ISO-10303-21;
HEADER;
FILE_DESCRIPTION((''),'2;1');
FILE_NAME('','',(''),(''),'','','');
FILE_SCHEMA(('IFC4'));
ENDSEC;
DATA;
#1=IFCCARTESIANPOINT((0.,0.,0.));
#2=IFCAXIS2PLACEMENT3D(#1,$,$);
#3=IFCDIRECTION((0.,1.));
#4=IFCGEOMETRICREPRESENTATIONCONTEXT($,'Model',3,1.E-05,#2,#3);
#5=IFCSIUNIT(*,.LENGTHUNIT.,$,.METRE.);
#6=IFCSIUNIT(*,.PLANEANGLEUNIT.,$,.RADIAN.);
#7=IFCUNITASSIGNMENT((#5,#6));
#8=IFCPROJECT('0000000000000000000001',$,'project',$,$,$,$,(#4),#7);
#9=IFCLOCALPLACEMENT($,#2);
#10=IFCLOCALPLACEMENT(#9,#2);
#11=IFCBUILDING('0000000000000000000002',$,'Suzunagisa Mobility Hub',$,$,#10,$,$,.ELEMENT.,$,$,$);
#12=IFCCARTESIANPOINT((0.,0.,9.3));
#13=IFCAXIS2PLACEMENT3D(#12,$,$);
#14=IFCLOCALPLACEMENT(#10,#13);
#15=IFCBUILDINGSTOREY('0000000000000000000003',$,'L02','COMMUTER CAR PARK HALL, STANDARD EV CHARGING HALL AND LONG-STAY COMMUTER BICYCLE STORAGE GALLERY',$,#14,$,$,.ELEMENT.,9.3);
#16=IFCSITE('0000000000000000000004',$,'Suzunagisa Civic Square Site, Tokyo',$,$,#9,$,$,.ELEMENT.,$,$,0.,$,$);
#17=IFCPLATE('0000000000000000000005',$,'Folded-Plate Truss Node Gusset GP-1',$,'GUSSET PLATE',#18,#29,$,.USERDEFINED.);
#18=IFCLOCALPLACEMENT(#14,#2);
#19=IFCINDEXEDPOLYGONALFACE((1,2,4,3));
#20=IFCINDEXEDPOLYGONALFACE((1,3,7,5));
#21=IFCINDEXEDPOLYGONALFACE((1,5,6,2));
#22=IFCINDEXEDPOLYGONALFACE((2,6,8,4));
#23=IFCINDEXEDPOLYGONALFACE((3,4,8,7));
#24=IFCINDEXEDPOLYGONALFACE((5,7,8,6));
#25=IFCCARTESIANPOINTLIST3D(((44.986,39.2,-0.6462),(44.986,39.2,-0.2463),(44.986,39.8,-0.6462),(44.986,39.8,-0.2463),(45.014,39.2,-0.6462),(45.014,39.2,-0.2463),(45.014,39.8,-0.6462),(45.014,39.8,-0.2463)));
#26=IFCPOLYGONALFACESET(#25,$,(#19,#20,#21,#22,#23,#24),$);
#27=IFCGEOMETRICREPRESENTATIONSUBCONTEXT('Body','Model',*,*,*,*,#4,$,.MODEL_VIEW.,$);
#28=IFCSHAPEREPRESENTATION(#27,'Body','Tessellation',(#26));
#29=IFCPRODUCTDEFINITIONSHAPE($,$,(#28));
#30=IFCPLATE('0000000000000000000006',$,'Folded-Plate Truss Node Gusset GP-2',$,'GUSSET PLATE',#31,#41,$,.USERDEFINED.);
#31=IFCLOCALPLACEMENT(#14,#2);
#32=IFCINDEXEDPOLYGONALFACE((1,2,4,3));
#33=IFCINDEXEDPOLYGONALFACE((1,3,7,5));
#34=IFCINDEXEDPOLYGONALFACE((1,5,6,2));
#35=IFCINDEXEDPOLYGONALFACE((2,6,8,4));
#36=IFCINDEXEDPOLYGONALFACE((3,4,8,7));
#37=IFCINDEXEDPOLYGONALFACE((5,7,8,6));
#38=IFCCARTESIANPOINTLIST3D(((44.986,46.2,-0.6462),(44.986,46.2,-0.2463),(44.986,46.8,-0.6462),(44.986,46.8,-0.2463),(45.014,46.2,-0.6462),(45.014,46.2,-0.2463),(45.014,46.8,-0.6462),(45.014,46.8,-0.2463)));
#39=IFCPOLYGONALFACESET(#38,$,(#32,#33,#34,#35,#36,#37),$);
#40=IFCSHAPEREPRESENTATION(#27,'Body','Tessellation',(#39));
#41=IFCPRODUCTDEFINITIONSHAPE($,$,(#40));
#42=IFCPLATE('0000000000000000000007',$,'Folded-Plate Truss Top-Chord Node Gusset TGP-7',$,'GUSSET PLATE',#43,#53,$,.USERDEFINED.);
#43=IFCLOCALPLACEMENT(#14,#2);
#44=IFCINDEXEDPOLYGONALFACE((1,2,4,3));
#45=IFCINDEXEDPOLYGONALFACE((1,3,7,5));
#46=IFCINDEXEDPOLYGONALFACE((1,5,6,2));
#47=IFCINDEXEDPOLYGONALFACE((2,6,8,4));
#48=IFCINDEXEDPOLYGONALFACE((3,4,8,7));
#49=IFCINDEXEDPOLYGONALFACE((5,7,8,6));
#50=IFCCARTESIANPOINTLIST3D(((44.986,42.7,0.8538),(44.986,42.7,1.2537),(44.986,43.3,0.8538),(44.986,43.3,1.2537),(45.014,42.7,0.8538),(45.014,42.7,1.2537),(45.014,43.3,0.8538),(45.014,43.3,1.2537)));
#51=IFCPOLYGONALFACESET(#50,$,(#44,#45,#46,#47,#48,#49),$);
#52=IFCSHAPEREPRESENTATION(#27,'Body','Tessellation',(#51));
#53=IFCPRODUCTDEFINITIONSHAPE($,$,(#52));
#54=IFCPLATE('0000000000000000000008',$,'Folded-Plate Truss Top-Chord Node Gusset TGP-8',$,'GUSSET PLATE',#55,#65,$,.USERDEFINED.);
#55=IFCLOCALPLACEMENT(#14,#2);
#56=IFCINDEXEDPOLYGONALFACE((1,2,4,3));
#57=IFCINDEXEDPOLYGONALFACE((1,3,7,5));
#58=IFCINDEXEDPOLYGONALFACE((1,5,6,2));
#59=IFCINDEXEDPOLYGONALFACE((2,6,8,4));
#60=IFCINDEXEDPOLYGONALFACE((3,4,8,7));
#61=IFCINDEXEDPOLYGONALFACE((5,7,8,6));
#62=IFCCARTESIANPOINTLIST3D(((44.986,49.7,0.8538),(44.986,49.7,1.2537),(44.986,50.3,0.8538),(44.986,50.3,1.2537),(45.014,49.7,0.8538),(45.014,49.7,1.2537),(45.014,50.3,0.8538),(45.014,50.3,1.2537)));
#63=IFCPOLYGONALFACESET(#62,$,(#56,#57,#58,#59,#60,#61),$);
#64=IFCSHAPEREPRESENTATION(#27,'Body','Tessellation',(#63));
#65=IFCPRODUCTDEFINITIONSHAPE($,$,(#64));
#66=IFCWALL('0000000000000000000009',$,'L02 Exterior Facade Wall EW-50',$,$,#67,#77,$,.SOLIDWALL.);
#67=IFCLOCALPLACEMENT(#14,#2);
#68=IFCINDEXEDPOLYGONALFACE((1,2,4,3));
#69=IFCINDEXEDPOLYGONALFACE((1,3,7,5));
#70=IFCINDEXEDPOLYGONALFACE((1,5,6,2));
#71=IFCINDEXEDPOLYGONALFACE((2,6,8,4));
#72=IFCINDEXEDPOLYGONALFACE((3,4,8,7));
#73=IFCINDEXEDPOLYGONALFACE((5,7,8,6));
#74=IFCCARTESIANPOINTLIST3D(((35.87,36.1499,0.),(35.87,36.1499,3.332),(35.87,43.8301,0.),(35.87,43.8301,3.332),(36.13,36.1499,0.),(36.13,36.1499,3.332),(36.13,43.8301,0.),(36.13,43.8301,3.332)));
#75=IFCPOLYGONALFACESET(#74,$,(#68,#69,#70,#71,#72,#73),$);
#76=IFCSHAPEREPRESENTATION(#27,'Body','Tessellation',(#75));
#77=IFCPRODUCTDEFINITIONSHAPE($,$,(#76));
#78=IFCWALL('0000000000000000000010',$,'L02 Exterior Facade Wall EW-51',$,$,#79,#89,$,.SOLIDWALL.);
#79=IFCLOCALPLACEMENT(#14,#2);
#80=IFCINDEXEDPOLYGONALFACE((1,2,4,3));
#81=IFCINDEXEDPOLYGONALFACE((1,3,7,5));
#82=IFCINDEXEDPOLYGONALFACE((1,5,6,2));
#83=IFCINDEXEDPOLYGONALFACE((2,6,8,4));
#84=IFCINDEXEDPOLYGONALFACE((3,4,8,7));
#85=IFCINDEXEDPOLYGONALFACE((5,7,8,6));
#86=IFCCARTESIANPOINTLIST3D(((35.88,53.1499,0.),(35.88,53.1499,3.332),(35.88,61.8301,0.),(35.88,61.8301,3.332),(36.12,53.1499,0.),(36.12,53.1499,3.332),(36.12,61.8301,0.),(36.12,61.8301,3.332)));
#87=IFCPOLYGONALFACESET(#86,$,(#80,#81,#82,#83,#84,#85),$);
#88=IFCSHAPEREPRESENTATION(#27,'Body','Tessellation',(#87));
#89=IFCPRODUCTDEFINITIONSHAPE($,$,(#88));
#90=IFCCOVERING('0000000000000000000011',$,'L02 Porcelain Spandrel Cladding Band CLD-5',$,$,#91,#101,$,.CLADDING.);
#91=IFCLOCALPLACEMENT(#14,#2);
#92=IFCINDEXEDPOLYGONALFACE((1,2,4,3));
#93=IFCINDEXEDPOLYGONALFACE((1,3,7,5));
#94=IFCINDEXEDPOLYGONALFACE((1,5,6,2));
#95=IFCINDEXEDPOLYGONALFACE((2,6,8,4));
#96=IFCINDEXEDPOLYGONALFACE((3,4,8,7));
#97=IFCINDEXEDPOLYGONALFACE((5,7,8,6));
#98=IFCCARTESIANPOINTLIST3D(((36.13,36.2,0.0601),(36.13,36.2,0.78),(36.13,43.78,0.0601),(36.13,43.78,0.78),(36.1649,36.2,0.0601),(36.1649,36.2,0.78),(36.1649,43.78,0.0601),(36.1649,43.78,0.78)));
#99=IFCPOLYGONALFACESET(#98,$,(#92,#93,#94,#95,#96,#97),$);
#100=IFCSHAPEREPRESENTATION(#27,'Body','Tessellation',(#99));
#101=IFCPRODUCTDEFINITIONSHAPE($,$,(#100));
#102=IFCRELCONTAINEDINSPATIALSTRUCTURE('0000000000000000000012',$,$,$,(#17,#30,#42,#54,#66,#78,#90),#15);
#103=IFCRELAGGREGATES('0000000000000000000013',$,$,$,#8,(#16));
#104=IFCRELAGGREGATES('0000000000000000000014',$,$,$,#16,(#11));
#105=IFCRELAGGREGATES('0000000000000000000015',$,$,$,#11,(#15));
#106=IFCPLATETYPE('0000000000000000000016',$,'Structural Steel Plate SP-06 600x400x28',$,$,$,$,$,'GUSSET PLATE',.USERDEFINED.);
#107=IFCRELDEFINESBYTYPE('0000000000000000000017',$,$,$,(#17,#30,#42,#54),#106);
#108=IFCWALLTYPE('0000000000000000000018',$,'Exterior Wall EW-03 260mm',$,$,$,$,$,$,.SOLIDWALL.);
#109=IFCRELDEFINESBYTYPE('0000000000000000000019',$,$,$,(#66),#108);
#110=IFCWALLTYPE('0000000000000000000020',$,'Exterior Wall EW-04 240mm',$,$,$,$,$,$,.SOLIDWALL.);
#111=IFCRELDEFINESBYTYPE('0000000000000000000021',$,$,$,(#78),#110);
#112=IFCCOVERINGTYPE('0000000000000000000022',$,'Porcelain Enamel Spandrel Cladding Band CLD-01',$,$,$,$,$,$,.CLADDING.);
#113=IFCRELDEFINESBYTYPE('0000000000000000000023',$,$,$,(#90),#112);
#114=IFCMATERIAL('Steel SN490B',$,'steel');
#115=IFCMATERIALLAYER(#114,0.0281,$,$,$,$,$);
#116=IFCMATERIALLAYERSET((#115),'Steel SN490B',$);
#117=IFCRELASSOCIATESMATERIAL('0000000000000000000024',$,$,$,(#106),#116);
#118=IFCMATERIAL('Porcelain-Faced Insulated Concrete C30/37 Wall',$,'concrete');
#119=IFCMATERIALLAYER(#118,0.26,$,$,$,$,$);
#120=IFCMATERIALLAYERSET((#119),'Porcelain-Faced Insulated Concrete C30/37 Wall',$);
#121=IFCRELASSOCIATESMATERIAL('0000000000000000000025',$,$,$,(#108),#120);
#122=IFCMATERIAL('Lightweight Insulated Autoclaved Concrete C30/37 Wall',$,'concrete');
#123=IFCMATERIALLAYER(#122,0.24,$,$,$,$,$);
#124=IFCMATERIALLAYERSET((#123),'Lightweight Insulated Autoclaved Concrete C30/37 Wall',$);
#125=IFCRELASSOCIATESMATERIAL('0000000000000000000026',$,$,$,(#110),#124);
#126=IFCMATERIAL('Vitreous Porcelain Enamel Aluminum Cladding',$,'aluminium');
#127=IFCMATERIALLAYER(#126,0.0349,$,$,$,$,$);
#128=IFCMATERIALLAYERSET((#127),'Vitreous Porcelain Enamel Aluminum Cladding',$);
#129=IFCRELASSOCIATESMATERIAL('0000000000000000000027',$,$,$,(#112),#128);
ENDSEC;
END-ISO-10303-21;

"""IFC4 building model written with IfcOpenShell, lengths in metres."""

from ifc_helpers import new_model, si_unit, direction, frame, frame_2d, origin, origin_2d, place, context, subcontext, project, spatial, rectangle, extrude, material, layer, layer_set, type_object, element, save


model = new_model("IFC4")

# Units and contexts
model_context = context("Model", 3, precision=1e-05, world=origin(), true_north=direction((0.0, 1.0)))
body_context = subcontext(model_context, "Body", "Model", "MODEL_VIEW")
ifc_project = project(units=[si_unit("LENGTHUNIT", "METRE"), si_unit("PLANEANGLEUNIT", "RADIAN")], contexts=[model_context])

# Site, building, storey
site_placement = place(None, origin())
site = spatial("IfcSite", under=ifc_project, at=site_placement, Name="Suzunagisa Civic Square Site, Tokyo", CompositionType="ELEMENT", RefElevation=0.0)
building_placement = place(site_placement, origin())
building = spatial("IfcBuilding", under=site, at=building_placement, Name="Suzunagisa Mobility Hub", CompositionType="ELEMENT")
storey_placement = place(building_placement, frame((0.0, 0.0, 9.3)))
storey = spatial("IfcBuildingStorey", under=building, at=storey_placement, Name="L02", Description="COMMUTER CAR PARK HALL, STANDARD EV CHARGING HALL AND LONG-STAY COMMUTER BICYCLE STORAGE GALLERY", CompositionType="ELEMENT", Elevation=9.3)

# Shared definitions
ifc_material_1 = material(Name="Steel SN490B", Category="steel")

# Plates
ifc_layer_1 = layer(ifc_material_1, 0.0281)
ifc_layer_set_1 = layer_set([ifc_layer_1], Name="Steel SN490B")
plate_type_1 = type_object("IfcPlateType", Name="Structural Steel Plate SP-06 600x400x28", ElementType="GUSSET PLATE", PredefinedType="USERDEFINED", material=ifc_layer_set_1)
for number, where, z_axis, x_axis, name in (
    (1, (45.0, 39.5, -0.6462), (0.0, 0.0, 1.0), (1.0, 0.0, 0.0), "Folded-Plate Truss Node Gusset GP-1"),
    (2, (45.0, 46.5, -0.6462), (0.0, 0.0, 1.0), (1.0, 0.0, 0.0), "Folded-Plate Truss Node Gusset GP-2"),
    (3, (45.0, 43.0, 0.8538), (0.0, 0.0, 1.0), (1.0, 0.0, 0.0), "Folded-Plate Truss Top-Chord Node Gusset TGP-7"),
    (4, (45.0, 50.0, 0.8538), (0.0, 0.0, 1.0), (1.0, 0.0, 0.0), "Folded-Plate Truss Top-Chord Node Gusset TGP-8"),
):
    element("IfcPlate", number, at=place(storey_placement, frame(where, z_axis=z_axis, x_axis=x_axis)), inside=storey, type_object=plate_type_1, Name=name, ObjectType="GUSSET PLATE", PredefinedType="USERDEFINED", context=body_context, shape_type="SweptSolid", body=[
        extrude(rectangle(XDim=0.0281, YDim=0.6001, at=origin_2d()), origin(), (0.0, 0.0, 1.0), 0.3999),
    ])

# Walls
ifc_material_2 = material(Name="Porcelain-Faced Insulated Concrete C30/37 Wall", Category="concrete")
ifc_layer_2 = layer(ifc_material_2, 0.26)
ifc_layer_set_2 = layer_set([ifc_layer_2], Name="Porcelain-Faced Insulated Concrete C30/37 Wall")
wall_type_1 = type_object("IfcWallType", Name="Exterior Wall EW-03 260mm", PredefinedType="SOLIDWALL", material=ifc_layer_set_2)
wall_1_placement = place(storey_placement, frame((36.0, 36.1499, 0.0), z_axis=(0.0, 0.0, 1.0), x_axis=(0.0, 1.0, 0.0)))
element("IfcWall", 5, at=wall_1_placement, inside=storey, type_object=wall_type_1, Name="L02 Exterior Facade Wall EW-50", PredefinedType="SOLIDWALL", context=body_context, shape_type="SweptSolid", body=[
    extrude(rectangle(XDim=7.6802, YDim=0.26, at=frame_2d((3.8401, 0.0))), origin(), (0.0, 0.0, 1.0), 3.332),
])
ifc_material_3 = material(Name="Lightweight Insulated Autoclaved Concrete C30/37 Wall", Category="concrete")
ifc_layer_3 = layer(ifc_material_3, 0.24)
ifc_layer_set_3 = layer_set([ifc_layer_3], Name="Lightweight Insulated Autoclaved Concrete C30/37 Wall")
wall_type_2 = type_object("IfcWallType", Name="Exterior Wall EW-04 240mm", PredefinedType="SOLIDWALL", material=ifc_layer_set_3)
wall_2_placement = place(storey_placement, frame((36.0, 53.1499, 0.0), z_axis=(0.0, 0.0, 1.0), x_axis=(0.0, 1.0, 0.0)))
element("IfcWall", 6, at=wall_2_placement, inside=storey, type_object=wall_type_2, Name="L02 Exterior Facade Wall EW-51", PredefinedType="SOLIDWALL", context=body_context, shape_type="SweptSolid", body=[
    extrude(rectangle(XDim=8.6802, YDim=0.24, at=frame_2d((4.3401, 0.0))), origin(), (0.0, 0.0, 1.0), 3.332),
])

# Covering
ifc_material_4 = material(Name="Vitreous Porcelain Enamel Aluminum Cladding", Category="aluminium")
ifc_layer_4 = layer(ifc_material_4, 0.0349)
ifc_layer_set_4 = layer_set([ifc_layer_4], Name="Vitreous Porcelain Enamel Aluminum Cladding")
covering_type = type_object("IfcCoveringType", Name="Porcelain Enamel Spandrel Cladding Band CLD-01", PredefinedType="CLADDING", material=ifc_layer_set_4)
covering_placement = place(storey_placement, frame((36.1475, 39.99, 0.0601), z_axis=(0.0, 0.0, 1.0), x_axis=(0.0, 1.0, 0.0)))
element("IfcCovering", 7, at=covering_placement, inside=storey, type_object=covering_type, Name="L02 Porcelain Spandrel Cladding Band CLD-5", PredefinedType="CLADDING", context=body_context, shape_type="SweptSolid", body=[
    extrude(rectangle(XDim=7.5801, YDim=0.0349, at=origin_2d()), origin(), (0.0, 0.0, 1.0), 0.72),
])

save(model, "model.ifc")
